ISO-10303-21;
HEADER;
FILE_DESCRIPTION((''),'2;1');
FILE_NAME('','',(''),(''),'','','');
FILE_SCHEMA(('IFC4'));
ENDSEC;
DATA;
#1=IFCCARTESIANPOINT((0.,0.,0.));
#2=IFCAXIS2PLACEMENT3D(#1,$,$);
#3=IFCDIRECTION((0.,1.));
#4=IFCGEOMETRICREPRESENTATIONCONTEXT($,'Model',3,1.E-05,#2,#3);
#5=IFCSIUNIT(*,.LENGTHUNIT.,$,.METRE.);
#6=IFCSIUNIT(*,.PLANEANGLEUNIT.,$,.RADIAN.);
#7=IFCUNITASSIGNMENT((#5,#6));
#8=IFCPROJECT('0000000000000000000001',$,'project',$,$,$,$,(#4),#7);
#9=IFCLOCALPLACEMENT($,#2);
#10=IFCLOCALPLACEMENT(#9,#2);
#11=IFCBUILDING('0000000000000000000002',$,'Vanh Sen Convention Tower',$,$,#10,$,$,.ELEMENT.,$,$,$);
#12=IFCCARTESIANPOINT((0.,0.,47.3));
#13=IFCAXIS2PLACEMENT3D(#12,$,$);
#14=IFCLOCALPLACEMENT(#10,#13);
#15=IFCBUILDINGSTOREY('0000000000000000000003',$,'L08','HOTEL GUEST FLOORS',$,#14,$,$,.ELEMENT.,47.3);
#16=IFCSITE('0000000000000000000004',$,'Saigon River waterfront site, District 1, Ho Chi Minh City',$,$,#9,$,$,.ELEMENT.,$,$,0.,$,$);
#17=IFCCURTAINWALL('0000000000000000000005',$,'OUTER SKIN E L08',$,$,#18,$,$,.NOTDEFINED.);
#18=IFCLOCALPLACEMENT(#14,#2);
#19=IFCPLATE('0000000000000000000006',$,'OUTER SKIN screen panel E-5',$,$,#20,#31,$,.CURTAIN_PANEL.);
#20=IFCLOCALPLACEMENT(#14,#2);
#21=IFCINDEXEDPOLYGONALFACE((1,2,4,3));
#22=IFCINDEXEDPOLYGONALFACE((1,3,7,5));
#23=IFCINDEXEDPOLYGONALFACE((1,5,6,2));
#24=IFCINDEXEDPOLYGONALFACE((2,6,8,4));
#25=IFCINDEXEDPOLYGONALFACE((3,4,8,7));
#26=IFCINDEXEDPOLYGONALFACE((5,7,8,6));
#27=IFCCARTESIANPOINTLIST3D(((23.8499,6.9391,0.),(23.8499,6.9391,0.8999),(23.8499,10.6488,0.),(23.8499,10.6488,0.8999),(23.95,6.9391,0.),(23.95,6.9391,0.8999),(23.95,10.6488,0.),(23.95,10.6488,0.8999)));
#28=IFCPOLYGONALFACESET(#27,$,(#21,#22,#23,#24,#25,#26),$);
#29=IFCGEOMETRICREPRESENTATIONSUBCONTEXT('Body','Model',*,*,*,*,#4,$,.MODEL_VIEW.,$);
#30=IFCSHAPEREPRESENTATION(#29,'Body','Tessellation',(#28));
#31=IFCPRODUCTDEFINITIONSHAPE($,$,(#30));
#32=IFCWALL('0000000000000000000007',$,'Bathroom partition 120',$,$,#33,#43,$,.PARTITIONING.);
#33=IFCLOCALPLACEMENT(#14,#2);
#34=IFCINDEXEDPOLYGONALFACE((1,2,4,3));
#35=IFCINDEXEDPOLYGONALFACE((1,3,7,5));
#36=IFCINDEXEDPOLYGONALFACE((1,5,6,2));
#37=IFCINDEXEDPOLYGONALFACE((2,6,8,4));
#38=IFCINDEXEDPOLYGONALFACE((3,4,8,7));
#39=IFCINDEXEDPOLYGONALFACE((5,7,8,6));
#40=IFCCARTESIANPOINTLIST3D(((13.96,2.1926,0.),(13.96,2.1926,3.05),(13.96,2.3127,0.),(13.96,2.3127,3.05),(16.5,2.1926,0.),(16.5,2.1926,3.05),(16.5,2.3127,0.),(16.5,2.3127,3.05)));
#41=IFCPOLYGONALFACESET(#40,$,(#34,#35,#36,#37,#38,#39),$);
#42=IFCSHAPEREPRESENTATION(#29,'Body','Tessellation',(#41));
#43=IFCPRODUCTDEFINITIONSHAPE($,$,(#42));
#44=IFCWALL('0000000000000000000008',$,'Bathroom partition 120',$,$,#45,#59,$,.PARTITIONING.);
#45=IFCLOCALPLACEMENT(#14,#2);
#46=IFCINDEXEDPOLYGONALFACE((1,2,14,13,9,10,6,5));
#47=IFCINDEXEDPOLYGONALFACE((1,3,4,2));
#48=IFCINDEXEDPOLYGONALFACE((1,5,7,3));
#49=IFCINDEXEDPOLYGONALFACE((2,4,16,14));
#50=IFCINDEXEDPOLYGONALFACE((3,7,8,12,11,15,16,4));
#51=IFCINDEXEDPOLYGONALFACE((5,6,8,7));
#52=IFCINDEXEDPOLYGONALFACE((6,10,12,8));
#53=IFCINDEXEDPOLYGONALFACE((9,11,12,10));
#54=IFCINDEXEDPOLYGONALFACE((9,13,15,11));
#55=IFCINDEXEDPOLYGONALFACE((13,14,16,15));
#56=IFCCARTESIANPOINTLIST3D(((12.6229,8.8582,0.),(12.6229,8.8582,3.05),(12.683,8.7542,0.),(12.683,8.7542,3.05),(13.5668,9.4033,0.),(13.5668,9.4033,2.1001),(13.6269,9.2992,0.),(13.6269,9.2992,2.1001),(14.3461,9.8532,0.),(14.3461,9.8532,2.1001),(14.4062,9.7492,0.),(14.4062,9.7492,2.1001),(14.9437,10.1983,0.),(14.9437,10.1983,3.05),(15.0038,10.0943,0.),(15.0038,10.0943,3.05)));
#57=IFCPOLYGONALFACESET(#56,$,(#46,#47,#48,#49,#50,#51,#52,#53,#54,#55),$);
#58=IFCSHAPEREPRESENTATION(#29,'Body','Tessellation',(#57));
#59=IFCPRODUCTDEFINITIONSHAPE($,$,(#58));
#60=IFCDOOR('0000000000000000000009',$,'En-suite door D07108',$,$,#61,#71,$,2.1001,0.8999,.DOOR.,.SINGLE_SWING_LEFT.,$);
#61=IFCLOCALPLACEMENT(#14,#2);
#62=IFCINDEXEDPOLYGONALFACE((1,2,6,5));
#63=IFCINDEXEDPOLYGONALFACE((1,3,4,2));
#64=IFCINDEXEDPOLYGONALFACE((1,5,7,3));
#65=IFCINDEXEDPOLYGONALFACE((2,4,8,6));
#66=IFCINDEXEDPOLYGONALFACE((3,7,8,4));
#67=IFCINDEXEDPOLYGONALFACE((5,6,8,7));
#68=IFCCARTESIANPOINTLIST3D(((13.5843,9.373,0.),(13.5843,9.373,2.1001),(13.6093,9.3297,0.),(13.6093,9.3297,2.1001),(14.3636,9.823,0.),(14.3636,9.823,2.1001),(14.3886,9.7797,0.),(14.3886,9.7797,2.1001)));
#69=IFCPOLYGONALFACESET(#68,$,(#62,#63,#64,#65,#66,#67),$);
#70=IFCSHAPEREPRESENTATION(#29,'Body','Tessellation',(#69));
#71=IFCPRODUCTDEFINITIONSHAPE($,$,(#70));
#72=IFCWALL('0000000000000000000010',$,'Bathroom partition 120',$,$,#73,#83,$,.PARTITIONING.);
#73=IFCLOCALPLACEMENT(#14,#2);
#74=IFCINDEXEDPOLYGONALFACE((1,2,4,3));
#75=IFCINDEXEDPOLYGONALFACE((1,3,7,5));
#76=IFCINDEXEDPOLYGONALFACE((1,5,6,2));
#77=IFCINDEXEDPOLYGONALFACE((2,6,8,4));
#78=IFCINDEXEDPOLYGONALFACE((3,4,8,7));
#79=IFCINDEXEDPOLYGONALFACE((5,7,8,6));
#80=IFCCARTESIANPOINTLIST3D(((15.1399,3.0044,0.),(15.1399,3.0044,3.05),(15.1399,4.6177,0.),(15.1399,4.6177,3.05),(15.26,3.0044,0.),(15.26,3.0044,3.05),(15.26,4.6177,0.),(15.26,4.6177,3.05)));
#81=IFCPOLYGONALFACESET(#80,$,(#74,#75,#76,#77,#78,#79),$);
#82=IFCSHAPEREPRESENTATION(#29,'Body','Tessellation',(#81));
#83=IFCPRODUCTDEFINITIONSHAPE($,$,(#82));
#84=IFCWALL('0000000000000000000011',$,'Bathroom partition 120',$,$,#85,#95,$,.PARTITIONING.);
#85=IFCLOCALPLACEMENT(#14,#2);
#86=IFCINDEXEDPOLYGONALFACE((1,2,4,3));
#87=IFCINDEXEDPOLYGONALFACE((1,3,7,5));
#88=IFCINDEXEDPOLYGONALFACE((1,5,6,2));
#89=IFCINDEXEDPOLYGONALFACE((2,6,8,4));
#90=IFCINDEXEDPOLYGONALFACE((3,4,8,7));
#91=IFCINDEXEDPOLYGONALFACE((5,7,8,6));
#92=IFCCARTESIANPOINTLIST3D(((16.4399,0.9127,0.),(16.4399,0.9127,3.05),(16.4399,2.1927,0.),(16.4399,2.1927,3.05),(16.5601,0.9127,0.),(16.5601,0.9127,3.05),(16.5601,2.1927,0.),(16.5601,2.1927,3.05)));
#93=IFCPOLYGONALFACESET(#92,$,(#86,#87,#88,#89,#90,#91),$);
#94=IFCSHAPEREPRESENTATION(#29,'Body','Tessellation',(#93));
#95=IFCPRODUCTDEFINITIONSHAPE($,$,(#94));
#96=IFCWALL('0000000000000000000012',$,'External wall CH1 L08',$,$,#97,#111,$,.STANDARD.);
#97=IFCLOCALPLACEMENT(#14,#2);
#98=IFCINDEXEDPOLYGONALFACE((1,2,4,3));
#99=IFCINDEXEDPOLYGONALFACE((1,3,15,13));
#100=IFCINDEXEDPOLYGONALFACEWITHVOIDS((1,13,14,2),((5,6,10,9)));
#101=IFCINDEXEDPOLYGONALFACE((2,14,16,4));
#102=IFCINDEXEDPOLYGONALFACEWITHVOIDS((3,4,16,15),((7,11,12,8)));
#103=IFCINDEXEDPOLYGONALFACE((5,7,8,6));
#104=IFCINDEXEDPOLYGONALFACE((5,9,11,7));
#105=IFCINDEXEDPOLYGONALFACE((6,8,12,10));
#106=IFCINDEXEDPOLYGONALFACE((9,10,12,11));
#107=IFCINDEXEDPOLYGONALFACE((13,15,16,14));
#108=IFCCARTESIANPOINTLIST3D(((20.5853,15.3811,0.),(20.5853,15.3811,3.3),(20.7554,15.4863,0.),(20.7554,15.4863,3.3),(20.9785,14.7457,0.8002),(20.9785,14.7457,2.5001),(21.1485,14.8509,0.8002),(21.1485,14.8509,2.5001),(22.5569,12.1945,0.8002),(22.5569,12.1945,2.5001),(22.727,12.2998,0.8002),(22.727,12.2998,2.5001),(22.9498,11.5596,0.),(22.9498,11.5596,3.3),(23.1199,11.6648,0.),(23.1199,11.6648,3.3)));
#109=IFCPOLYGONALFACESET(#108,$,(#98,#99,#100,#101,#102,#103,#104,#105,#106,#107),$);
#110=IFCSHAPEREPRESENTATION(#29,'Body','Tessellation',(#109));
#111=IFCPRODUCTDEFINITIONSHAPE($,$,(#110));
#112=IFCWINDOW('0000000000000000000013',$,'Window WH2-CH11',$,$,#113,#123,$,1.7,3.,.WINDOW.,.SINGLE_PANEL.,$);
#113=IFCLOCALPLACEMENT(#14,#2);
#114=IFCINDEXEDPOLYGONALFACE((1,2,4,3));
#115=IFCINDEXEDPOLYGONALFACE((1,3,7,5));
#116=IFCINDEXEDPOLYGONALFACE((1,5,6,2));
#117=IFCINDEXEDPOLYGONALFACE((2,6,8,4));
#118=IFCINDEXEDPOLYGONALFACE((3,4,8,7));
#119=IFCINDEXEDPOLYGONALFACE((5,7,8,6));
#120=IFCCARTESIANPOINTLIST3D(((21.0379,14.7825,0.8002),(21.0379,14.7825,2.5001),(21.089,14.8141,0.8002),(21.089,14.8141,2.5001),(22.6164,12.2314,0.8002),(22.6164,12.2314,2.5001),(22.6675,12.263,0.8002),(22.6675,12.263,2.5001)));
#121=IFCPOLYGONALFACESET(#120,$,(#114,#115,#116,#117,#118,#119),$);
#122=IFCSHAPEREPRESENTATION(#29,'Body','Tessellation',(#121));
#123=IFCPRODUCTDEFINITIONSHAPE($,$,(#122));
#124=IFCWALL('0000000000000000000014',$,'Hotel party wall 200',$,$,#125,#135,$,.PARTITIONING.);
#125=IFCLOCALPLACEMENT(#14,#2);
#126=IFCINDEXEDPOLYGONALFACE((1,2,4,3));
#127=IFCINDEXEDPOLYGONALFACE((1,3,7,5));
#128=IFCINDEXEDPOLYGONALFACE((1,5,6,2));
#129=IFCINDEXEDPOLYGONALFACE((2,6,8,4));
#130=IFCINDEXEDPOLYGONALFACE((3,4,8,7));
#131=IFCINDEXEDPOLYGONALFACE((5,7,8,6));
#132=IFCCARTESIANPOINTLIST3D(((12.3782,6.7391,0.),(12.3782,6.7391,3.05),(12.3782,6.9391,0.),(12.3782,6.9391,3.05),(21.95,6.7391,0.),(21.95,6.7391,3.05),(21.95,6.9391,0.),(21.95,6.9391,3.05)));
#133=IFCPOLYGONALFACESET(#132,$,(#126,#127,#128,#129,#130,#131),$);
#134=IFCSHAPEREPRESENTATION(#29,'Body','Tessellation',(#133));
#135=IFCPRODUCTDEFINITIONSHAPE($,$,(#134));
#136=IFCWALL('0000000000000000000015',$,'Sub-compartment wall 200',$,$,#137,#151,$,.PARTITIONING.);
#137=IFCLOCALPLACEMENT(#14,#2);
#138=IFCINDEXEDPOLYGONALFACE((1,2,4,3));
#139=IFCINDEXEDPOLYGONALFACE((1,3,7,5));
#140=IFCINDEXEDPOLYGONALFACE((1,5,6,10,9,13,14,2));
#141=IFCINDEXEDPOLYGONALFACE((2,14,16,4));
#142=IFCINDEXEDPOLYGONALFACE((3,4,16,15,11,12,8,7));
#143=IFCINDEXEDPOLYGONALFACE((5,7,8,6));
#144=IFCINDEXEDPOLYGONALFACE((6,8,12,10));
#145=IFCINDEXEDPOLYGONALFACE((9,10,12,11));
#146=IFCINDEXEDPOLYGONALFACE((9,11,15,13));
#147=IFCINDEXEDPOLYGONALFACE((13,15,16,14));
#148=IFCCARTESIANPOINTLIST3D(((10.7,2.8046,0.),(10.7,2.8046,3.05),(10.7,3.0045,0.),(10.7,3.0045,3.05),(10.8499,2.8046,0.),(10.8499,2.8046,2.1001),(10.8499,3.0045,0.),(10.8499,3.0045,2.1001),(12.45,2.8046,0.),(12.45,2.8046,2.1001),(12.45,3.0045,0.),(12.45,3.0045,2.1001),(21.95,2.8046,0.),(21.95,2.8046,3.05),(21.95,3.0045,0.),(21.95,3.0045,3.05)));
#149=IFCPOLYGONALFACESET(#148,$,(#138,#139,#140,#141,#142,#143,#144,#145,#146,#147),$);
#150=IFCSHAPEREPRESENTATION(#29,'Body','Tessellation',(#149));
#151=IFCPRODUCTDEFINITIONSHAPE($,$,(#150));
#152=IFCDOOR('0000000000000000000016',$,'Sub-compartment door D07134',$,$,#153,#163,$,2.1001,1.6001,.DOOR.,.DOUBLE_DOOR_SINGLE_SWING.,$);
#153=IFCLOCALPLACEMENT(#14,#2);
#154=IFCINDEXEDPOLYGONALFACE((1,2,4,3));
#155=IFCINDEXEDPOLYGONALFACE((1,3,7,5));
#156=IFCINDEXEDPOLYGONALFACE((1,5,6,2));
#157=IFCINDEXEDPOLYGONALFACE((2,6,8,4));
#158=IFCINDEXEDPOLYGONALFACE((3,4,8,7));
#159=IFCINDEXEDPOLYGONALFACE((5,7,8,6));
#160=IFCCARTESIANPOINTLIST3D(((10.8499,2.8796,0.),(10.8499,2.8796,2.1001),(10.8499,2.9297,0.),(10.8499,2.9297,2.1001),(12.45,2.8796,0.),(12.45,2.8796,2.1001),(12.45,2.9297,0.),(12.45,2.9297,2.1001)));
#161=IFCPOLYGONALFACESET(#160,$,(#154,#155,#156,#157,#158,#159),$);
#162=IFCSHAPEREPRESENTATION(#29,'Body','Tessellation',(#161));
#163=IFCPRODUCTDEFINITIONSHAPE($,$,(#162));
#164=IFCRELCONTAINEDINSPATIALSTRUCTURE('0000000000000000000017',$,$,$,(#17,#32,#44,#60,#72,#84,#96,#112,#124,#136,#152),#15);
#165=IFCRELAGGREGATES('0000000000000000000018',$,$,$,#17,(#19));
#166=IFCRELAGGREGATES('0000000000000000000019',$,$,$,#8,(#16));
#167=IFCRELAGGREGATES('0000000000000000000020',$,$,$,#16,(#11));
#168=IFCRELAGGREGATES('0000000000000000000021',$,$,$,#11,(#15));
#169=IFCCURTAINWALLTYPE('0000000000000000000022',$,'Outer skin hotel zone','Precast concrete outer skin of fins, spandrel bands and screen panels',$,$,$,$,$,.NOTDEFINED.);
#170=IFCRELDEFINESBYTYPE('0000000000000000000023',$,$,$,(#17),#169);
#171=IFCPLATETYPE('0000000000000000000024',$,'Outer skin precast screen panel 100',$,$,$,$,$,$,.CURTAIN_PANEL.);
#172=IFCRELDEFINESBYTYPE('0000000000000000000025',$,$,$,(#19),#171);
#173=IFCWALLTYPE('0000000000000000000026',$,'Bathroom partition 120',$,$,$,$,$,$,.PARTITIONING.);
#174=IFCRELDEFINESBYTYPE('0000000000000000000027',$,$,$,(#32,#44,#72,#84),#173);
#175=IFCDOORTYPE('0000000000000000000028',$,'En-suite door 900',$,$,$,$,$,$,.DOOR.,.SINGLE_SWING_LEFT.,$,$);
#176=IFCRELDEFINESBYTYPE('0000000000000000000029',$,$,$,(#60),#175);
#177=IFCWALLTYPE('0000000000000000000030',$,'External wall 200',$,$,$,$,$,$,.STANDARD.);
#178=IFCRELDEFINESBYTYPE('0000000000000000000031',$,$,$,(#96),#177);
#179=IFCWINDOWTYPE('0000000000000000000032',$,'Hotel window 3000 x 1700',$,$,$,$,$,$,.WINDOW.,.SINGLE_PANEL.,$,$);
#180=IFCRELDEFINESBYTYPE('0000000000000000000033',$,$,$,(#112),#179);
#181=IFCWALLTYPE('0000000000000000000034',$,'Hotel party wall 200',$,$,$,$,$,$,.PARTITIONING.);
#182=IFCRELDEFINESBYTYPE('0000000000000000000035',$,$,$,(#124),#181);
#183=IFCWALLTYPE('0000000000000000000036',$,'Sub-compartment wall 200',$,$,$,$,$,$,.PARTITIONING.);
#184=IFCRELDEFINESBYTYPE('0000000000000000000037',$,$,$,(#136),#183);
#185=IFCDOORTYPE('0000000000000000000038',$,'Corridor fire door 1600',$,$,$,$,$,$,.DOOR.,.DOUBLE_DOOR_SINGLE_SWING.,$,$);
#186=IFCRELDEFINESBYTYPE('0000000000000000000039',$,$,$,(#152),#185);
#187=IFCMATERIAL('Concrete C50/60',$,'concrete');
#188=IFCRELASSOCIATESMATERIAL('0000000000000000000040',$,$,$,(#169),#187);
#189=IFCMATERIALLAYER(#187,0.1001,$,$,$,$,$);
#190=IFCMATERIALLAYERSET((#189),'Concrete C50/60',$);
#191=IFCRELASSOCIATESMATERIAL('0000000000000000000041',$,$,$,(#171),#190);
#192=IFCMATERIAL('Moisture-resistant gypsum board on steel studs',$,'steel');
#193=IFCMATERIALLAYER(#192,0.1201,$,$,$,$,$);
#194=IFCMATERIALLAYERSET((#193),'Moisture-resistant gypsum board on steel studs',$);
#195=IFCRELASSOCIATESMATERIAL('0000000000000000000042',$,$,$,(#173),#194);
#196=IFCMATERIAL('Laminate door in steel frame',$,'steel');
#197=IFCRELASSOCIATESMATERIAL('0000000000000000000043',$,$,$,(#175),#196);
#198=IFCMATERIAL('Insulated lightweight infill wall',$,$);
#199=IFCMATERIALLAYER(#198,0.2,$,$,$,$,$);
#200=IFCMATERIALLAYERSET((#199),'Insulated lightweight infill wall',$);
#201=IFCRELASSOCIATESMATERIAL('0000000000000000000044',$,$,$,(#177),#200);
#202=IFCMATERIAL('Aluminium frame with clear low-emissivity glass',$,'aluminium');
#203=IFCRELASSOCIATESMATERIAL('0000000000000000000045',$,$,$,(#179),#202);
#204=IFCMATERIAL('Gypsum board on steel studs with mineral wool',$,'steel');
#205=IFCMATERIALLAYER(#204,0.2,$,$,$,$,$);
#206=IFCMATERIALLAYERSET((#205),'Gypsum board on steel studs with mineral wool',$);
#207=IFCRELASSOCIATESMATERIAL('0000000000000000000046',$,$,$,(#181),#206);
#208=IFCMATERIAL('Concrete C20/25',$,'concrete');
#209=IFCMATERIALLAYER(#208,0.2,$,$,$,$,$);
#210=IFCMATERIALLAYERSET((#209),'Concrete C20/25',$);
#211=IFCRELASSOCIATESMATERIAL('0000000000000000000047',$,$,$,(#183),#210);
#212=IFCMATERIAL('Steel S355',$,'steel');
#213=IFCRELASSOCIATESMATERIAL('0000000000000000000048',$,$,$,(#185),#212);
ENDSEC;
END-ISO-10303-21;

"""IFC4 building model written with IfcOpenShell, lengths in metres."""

from ifc_helpers import new_model, si_unit, direction, frame, frame_2d, origin, origin_2d, place, context, subcontext, project, spatial, rectangle, extrude, material, layer, layer_set, type_object, element, fill, aggregate, save


model = new_model("IFC4")

# Units and contexts
model_context = context("Model", 3, precision=1e-05, world=origin(), true_north=direction((0.0, 1.0)))
body_context = subcontext(model_context, "Body", "Model", "MODEL_VIEW")
ifc_project = project(units=[si_unit("LENGTHUNIT", "METRE"), si_unit("PLANEANGLEUNIT", "RADIAN")], contexts=[model_context])

# Site, building, storey
site_placement = place(None, origin())
site = spatial("IfcSite", under=ifc_project, at=site_placement, Name="Saigon River waterfront site, District 1, Ho Chi Minh City", CompositionType="ELEMENT", RefElevation=0.0)
building_placement = place(site_placement, origin())
building = spatial("IfcBuilding", under=site, at=building_placement, Name="Vanh Sen Convention Tower", CompositionType="ELEMENT")
storey_placement = place(building_placement, frame((0.0, 0.0, 47.3)))
storey = spatial("IfcBuildingStorey", under=building, at=storey_placement, Name="L08", Description="HOTEL GUEST FLOORS", CompositionType="ELEMENT", Elevation=47.3)

# Curtain wall
ifc_material_1 = material(Name="Concrete C50/60", Category="concrete")
curtain_wall_type = type_object("IfcCurtainWallType", Name="Outer skin hotel zone", Description="Precast concrete outer skin of fins, spandrel bands and screen panels", PredefinedType="NOTDEFINED", material=ifc_material_1)
curtain_wall_1_placement = place(storey_placement, origin())
curtain_wall_1 = element("IfcCurtainWall", 1, at=curtain_wall_1_placement, inside=storey, type_object=curtain_wall_type, Name="OUTER SKIN E L08", PredefinedType="NOTDEFINED")

# Plate
ifc_layer_1 = layer(ifc_material_1, 0.1001)
ifc_layer_set_1 = layer_set([ifc_layer_1], Name="Concrete C50/60")
plate_type = type_object("IfcPlateType", Name="Outer skin precast screen panel 100", PredefinedType="CURTAIN_PANEL", material=ifc_layer_set_1)
plate_1_placement = place(storey_placement, frame((23.8999, 8.7939, 0.0), z_axis=(0.0, 0.0, 1.0), x_axis=(0.0, 1.0, 0.0)))
plate_1 = element("IfcPlate", 2, at=plate_1_placement, type_object=plate_type, Name="OUTER SKIN screen panel E-5", PredefinedType="CURTAIN_PANEL", context=body_context, shape_type="SweptSolid", body=[
    extrude(rectangle(XDim=3.7097, YDim=0.1001, at=origin_2d()), origin(), (0.0, 0.0, 1.0), 0.8999),
])
aggregate(curtain_wall_1, [plate_1])

# Wall
ifc_material_2 = material(Name="Moisture-resistant gypsum board on steel studs", Category="steel")
ifc_layer_2 = layer(ifc_material_2, 0.1201)
ifc_layer_set_2 = layer_set([ifc_layer_2], Name="Moisture-resistant gypsum board on steel studs")
wall_type_1 = type_object("IfcWallType", Name="Bathroom partition 120", PredefinedType="PARTITIONING", material=ifc_layer_set_2)
wall_1_placement = place(storey_placement, frame((13.96, 2.2527, 0.0), z_axis=(0.0, 0.0, 1.0), x_axis=(1.0, 0.0, 0.0)))
element("IfcWall", 3, at=wall_1_placement, inside=storey, type_object=wall_type_1, Name="Bathroom partition 120", PredefinedType="PARTITIONING", context=body_context, shape_type="SweptSolid", body=[
    extrude(rectangle(XDim=2.54, YDim=0.1201, at=frame_2d((1.27, 0.0))), origin(), (0.0, 0.0, 1.0), 3.05),
])

# Wall, opening, door
wall_2_placement = place(storey_placement, frame((14.9736, 10.1462, 0.0), z_axis=(0.0, 0.0, 1.0), x_axis=(-0.865997, -0.500048, 0.0)))
wall_2 = element("IfcWall", 4, at=wall_2_placement, inside=storey, type_object=wall_type_1, Name="Bathroom partition 120", PredefinedType="PARTITIONING", context=body_context, shape_type="SweptSolid", body=[
    extrude(rectangle(XDim=2.6799, YDim=0.1201, at=frame_2d((1.3398, 0.0))), origin(), (0.0, 0.0, 1.0), 3.05),
])
opening_1_placement = place(wall_2_placement, frame((0.6899, 0.0, 0.0)))
opening_1 = element("IfcOpeningElement", 5, at=opening_1_placement, cuts=wall_2, PredefinedType="OPENING", context=body_context, shape_type="SweptSolid", body=[
    extrude(rectangle(XDim=0.8999, YDim=2.1001, at=frame_2d((0.45, 1.05))), frame((0.0, 0.0701, 0.0), z_axis=(0.0, -1.0, 0.0), x_axis=(1.0, 0.0, 0.0)), (0.0, 0.0, 1.0), 0.1401),
])
ifc_material_3 = material(Name="Laminate door in steel frame", Category="steel")
door_type_1 = type_object("IfcDoorType", Name="En-suite door 900", OperationType="SINGLE_SWING_LEFT", PredefinedType="DOOR", material=ifc_material_3)
door_1_placement = place(opening_1_placement, origin())
door_1 = element("IfcDoor", 6, at=door_1_placement, inside=storey, type_object=door_type_1, Name="En-suite door D07108", OperationType="SINGLE_SWING_LEFT", OverallHeight=2.1001, OverallWidth=0.8999, PredefinedType="DOOR", context=body_context, shape_type="SweptSolid", body=[
    extrude(rectangle(XDim=0.8999, YDim=2.1001, at=frame_2d((0.45, 1.05))), frame((0.0, 0.0249, 0.0), z_axis=(0.0, -1.0, 0.0), x_axis=(1.0, 0.0, 0.0)), (0.0, 0.0, 1.0), 0.05),
])
fill(opening_1, door_1)

# Walls
wall_3_placement = place(storey_placement, frame((15.2, 4.6177, 0.0), z_axis=(0.0, 0.0, 1.0), x_axis=(0.0, -1.0, 0.0)))
element("IfcWall", 7, at=wall_3_placement, inside=storey, type_object=wall_type_1, Name="Bathroom partition 120", PredefinedType="PARTITIONING", context=body_context, shape_type="SweptSolid", body=[
    extrude(rectangle(XDim=1.6133, YDim=0.1201, at=frame_2d((0.8066, 0.0))), origin(), (0.0, 0.0, 1.0), 3.05),
])
wall_4_placement = place(storey_placement, frame((16.5, 2.1929, 0.0), z_axis=(0.0, 0.0, 1.0), x_axis=(0.0, -1.0, 0.0)))
element("IfcWall", 8, at=wall_4_placement, inside=storey, type_object=wall_type_1, Name="Bathroom partition 120", PredefinedType="PARTITIONING", context=body_context, shape_type="SweptSolid", body=[
    extrude(rectangle(XDim=1.28, YDim=0.1201, at=frame_2d((0.6401, 0.0))), origin(), (0.0, 0.0, 1.0), 3.05),
])

# Wall, opening, window
ifc_material_4 = material(Name="Insulated lightweight infill wall")
ifc_layer_3 = layer(ifc_material_4, 0.2)
ifc_layer_set_3 = layer_set([ifc_layer_3], Name="Insulated lightweight infill wall")
wall_type_2 = type_object("IfcWallType", Name="External wall 200", PredefinedType="STANDARD", material=ifc_layer_set_3)
wall_5_placement = place(storey_placement, frame((23.0349, 11.6121, 0.0), z_axis=(0.0, 0.0, 1.0), x_axis=(-0.52616, 0.850386, 0.0)))
wall_5 = element("IfcWall", 9, at=wall_5_placement, inside=storey, type_object=wall_type_2, Name="External wall CH1 L08", PredefinedType="STANDARD", context=body_context, shape_type="SweptSolid", body=[
    extrude(rectangle(XDim=4.4939, YDim=0.2, at=frame_2d((2.2471, 0.0))), origin(), (0.0, 0.0, 1.0), 3.3),
])
opening_2_placement = place(wall_5_placement, frame((0.7468, 0.0, 0.8)))
opening_2 = element("IfcOpeningElement", 10, at=opening_2_placement, cuts=wall_5, PredefinedType="OPENING", context=body_context, shape_type="SweptSolid", body=[
    extrude(rectangle(XDim=3.0, YDim=1.7, at=frame_2d((1.5, 0.8501))), frame((0.0, 0.1099, 0.0), z_axis=(0.0, -1.0, 0.0), x_axis=(1.0, 0.0, 0.0)), (0.0, 0.0, 1.0), 0.22),
])
ifc_material_5 = material(Name="Aluminium frame with clear low-emissivity glass", Category="aluminium")
window_type = type_object("IfcWindowType", Name="Hotel window 3000 x 1700", PartitioningType="SINGLE_PANEL", PredefinedType="WINDOW", material=ifc_material_5)
window_placement = place(opening_2_placement, origin())
window = element("IfcWindow", 11, at=window_placement, inside=storey, type_object=window_type, Name="Window WH2-CH11", OverallHeight=1.7, OverallWidth=3.0, PartitioningType="SINGLE_PANEL", PredefinedType="WINDOW", context=body_context, shape_type="SweptSolid", body=[
    extrude(rectangle(XDim=3.0, YDim=1.7, at=frame_2d((1.5, 0.8501))), frame((0.0, 0.03, 0.0), z_axis=(0.0, -1.0, 0.0), x_axis=(1.0, 0.0, 0.0)), (0.0, 0.0, 1.0), 0.0601),
])
fill(opening_2, window)

# Wall
ifc_material_6 = material(Name="Gypsum board on steel studs with mineral wool", Category="steel")
ifc_layer_4 = layer(ifc_material_6, 0.2)
ifc_layer_set_4 = layer_set([ifc_layer_4], Name="Gypsum board on steel studs with mineral wool")
wall_type_3 = type_object("IfcWallType", Name="Hotel party wall 200", PredefinedType="PARTITIONING", material=ifc_layer_set_4)
wall_6_placement = place(storey_placement, frame((21.95, 6.8391, 0.0), z_axis=(0.0, 0.0, 1.0), x_axis=(-1.0, 0.0, 0.0)))
element("IfcWall", 12, at=wall_6_placement, inside=storey, type_object=wall_type_3, Name="Hotel party wall 200", PredefinedType="PARTITIONING", context=body_context, shape_type="SweptSolid", body=[
    extrude(rectangle(XDim=9.5718, YDim=0.2, at=frame_2d((4.7859, 0.0))), origin(), (0.0, 0.0, 1.0), 3.05),
])

# Wall, opening, door
ifc_material_7 = material(Name="Concrete C20/25", Category="concrete")
ifc_layer_5 = layer(ifc_material_7, 0.2)
ifc_layer_set_5 = layer_set([ifc_layer_5], Name="Concrete C20/25")
wall_type_4 = type_object("IfcWallType", Name="Sub-compartment wall 200", PredefinedType="PARTITIONING", material=ifc_layer_set_5)
wall_7_placement = place(storey_placement, frame((21.95, 2.9045, 0.0), z_axis=(0.0, 0.0, 1.0), x_axis=(-1.0, 0.0, 0.0)))
wall_7 = element("IfcWall", 13, at=wall_7_placement, inside=storey, type_object=wall_type_4, Name="Sub-compartment wall 200", PredefinedType="PARTITIONING", context=body_context, shape_type="SweptSolid", body=[
    extrude(rectangle(XDim=11.25, YDim=0.2, at=frame_2d((5.625, 0.0))), origin(), (0.0, 0.0, 1.0), 3.05),
])
opening_3_placement = place(wall_7_placement, frame((9.5, 0.0, 0.0)))
opening_3 = element("IfcOpeningElement", 14, at=opening_3_placement, cuts=wall_7, PredefinedType="OPENING", context=body_context, shape_type="SweptSolid", body=[
    extrude(rectangle(XDim=1.6001, YDim=2.1001, at=frame_2d((0.8, 1.05))), frame((0.0, 0.1099, 0.0), z_axis=(0.0, -1.0, 0.0), x_axis=(1.0, 0.0, 0.0)), (0.0, 0.0, 1.0), 0.22),
])
ifc_material_8 = material(Name="Steel S355", Category="steel")
door_type_2 = type_object("IfcDoorType", Name="Corridor fire door 1600", OperationType="DOUBLE_DOOR_SINGLE_SWING", PredefinedType="DOOR", material=ifc_material_8)
door_2_placement = place(opening_3_placement, origin())
door_2 = element("IfcDoor", 15, at=door_2_placement, inside=storey, type_object=door_type_2, Name="Sub-compartment door D07134", OperationType="DOUBLE_DOOR_SINGLE_SWING", OverallHeight=2.1001, OverallWidth=1.6001, PredefinedType="DOOR", context=body_context, shape_type="SweptSolid", body=[
    extrude(rectangle(XDim=1.6001, YDim=2.1001, at=frame_2d((0.8, 1.05))), frame((0.0, 0.0249, 0.0), z_axis=(0.0, -1.0, 0.0), x_axis=(1.0, 0.0, 0.0)), (0.0, 0.0, 1.0), 0.05),
])
fill(opening_3, door_2)

save(model, "model.ifc")
